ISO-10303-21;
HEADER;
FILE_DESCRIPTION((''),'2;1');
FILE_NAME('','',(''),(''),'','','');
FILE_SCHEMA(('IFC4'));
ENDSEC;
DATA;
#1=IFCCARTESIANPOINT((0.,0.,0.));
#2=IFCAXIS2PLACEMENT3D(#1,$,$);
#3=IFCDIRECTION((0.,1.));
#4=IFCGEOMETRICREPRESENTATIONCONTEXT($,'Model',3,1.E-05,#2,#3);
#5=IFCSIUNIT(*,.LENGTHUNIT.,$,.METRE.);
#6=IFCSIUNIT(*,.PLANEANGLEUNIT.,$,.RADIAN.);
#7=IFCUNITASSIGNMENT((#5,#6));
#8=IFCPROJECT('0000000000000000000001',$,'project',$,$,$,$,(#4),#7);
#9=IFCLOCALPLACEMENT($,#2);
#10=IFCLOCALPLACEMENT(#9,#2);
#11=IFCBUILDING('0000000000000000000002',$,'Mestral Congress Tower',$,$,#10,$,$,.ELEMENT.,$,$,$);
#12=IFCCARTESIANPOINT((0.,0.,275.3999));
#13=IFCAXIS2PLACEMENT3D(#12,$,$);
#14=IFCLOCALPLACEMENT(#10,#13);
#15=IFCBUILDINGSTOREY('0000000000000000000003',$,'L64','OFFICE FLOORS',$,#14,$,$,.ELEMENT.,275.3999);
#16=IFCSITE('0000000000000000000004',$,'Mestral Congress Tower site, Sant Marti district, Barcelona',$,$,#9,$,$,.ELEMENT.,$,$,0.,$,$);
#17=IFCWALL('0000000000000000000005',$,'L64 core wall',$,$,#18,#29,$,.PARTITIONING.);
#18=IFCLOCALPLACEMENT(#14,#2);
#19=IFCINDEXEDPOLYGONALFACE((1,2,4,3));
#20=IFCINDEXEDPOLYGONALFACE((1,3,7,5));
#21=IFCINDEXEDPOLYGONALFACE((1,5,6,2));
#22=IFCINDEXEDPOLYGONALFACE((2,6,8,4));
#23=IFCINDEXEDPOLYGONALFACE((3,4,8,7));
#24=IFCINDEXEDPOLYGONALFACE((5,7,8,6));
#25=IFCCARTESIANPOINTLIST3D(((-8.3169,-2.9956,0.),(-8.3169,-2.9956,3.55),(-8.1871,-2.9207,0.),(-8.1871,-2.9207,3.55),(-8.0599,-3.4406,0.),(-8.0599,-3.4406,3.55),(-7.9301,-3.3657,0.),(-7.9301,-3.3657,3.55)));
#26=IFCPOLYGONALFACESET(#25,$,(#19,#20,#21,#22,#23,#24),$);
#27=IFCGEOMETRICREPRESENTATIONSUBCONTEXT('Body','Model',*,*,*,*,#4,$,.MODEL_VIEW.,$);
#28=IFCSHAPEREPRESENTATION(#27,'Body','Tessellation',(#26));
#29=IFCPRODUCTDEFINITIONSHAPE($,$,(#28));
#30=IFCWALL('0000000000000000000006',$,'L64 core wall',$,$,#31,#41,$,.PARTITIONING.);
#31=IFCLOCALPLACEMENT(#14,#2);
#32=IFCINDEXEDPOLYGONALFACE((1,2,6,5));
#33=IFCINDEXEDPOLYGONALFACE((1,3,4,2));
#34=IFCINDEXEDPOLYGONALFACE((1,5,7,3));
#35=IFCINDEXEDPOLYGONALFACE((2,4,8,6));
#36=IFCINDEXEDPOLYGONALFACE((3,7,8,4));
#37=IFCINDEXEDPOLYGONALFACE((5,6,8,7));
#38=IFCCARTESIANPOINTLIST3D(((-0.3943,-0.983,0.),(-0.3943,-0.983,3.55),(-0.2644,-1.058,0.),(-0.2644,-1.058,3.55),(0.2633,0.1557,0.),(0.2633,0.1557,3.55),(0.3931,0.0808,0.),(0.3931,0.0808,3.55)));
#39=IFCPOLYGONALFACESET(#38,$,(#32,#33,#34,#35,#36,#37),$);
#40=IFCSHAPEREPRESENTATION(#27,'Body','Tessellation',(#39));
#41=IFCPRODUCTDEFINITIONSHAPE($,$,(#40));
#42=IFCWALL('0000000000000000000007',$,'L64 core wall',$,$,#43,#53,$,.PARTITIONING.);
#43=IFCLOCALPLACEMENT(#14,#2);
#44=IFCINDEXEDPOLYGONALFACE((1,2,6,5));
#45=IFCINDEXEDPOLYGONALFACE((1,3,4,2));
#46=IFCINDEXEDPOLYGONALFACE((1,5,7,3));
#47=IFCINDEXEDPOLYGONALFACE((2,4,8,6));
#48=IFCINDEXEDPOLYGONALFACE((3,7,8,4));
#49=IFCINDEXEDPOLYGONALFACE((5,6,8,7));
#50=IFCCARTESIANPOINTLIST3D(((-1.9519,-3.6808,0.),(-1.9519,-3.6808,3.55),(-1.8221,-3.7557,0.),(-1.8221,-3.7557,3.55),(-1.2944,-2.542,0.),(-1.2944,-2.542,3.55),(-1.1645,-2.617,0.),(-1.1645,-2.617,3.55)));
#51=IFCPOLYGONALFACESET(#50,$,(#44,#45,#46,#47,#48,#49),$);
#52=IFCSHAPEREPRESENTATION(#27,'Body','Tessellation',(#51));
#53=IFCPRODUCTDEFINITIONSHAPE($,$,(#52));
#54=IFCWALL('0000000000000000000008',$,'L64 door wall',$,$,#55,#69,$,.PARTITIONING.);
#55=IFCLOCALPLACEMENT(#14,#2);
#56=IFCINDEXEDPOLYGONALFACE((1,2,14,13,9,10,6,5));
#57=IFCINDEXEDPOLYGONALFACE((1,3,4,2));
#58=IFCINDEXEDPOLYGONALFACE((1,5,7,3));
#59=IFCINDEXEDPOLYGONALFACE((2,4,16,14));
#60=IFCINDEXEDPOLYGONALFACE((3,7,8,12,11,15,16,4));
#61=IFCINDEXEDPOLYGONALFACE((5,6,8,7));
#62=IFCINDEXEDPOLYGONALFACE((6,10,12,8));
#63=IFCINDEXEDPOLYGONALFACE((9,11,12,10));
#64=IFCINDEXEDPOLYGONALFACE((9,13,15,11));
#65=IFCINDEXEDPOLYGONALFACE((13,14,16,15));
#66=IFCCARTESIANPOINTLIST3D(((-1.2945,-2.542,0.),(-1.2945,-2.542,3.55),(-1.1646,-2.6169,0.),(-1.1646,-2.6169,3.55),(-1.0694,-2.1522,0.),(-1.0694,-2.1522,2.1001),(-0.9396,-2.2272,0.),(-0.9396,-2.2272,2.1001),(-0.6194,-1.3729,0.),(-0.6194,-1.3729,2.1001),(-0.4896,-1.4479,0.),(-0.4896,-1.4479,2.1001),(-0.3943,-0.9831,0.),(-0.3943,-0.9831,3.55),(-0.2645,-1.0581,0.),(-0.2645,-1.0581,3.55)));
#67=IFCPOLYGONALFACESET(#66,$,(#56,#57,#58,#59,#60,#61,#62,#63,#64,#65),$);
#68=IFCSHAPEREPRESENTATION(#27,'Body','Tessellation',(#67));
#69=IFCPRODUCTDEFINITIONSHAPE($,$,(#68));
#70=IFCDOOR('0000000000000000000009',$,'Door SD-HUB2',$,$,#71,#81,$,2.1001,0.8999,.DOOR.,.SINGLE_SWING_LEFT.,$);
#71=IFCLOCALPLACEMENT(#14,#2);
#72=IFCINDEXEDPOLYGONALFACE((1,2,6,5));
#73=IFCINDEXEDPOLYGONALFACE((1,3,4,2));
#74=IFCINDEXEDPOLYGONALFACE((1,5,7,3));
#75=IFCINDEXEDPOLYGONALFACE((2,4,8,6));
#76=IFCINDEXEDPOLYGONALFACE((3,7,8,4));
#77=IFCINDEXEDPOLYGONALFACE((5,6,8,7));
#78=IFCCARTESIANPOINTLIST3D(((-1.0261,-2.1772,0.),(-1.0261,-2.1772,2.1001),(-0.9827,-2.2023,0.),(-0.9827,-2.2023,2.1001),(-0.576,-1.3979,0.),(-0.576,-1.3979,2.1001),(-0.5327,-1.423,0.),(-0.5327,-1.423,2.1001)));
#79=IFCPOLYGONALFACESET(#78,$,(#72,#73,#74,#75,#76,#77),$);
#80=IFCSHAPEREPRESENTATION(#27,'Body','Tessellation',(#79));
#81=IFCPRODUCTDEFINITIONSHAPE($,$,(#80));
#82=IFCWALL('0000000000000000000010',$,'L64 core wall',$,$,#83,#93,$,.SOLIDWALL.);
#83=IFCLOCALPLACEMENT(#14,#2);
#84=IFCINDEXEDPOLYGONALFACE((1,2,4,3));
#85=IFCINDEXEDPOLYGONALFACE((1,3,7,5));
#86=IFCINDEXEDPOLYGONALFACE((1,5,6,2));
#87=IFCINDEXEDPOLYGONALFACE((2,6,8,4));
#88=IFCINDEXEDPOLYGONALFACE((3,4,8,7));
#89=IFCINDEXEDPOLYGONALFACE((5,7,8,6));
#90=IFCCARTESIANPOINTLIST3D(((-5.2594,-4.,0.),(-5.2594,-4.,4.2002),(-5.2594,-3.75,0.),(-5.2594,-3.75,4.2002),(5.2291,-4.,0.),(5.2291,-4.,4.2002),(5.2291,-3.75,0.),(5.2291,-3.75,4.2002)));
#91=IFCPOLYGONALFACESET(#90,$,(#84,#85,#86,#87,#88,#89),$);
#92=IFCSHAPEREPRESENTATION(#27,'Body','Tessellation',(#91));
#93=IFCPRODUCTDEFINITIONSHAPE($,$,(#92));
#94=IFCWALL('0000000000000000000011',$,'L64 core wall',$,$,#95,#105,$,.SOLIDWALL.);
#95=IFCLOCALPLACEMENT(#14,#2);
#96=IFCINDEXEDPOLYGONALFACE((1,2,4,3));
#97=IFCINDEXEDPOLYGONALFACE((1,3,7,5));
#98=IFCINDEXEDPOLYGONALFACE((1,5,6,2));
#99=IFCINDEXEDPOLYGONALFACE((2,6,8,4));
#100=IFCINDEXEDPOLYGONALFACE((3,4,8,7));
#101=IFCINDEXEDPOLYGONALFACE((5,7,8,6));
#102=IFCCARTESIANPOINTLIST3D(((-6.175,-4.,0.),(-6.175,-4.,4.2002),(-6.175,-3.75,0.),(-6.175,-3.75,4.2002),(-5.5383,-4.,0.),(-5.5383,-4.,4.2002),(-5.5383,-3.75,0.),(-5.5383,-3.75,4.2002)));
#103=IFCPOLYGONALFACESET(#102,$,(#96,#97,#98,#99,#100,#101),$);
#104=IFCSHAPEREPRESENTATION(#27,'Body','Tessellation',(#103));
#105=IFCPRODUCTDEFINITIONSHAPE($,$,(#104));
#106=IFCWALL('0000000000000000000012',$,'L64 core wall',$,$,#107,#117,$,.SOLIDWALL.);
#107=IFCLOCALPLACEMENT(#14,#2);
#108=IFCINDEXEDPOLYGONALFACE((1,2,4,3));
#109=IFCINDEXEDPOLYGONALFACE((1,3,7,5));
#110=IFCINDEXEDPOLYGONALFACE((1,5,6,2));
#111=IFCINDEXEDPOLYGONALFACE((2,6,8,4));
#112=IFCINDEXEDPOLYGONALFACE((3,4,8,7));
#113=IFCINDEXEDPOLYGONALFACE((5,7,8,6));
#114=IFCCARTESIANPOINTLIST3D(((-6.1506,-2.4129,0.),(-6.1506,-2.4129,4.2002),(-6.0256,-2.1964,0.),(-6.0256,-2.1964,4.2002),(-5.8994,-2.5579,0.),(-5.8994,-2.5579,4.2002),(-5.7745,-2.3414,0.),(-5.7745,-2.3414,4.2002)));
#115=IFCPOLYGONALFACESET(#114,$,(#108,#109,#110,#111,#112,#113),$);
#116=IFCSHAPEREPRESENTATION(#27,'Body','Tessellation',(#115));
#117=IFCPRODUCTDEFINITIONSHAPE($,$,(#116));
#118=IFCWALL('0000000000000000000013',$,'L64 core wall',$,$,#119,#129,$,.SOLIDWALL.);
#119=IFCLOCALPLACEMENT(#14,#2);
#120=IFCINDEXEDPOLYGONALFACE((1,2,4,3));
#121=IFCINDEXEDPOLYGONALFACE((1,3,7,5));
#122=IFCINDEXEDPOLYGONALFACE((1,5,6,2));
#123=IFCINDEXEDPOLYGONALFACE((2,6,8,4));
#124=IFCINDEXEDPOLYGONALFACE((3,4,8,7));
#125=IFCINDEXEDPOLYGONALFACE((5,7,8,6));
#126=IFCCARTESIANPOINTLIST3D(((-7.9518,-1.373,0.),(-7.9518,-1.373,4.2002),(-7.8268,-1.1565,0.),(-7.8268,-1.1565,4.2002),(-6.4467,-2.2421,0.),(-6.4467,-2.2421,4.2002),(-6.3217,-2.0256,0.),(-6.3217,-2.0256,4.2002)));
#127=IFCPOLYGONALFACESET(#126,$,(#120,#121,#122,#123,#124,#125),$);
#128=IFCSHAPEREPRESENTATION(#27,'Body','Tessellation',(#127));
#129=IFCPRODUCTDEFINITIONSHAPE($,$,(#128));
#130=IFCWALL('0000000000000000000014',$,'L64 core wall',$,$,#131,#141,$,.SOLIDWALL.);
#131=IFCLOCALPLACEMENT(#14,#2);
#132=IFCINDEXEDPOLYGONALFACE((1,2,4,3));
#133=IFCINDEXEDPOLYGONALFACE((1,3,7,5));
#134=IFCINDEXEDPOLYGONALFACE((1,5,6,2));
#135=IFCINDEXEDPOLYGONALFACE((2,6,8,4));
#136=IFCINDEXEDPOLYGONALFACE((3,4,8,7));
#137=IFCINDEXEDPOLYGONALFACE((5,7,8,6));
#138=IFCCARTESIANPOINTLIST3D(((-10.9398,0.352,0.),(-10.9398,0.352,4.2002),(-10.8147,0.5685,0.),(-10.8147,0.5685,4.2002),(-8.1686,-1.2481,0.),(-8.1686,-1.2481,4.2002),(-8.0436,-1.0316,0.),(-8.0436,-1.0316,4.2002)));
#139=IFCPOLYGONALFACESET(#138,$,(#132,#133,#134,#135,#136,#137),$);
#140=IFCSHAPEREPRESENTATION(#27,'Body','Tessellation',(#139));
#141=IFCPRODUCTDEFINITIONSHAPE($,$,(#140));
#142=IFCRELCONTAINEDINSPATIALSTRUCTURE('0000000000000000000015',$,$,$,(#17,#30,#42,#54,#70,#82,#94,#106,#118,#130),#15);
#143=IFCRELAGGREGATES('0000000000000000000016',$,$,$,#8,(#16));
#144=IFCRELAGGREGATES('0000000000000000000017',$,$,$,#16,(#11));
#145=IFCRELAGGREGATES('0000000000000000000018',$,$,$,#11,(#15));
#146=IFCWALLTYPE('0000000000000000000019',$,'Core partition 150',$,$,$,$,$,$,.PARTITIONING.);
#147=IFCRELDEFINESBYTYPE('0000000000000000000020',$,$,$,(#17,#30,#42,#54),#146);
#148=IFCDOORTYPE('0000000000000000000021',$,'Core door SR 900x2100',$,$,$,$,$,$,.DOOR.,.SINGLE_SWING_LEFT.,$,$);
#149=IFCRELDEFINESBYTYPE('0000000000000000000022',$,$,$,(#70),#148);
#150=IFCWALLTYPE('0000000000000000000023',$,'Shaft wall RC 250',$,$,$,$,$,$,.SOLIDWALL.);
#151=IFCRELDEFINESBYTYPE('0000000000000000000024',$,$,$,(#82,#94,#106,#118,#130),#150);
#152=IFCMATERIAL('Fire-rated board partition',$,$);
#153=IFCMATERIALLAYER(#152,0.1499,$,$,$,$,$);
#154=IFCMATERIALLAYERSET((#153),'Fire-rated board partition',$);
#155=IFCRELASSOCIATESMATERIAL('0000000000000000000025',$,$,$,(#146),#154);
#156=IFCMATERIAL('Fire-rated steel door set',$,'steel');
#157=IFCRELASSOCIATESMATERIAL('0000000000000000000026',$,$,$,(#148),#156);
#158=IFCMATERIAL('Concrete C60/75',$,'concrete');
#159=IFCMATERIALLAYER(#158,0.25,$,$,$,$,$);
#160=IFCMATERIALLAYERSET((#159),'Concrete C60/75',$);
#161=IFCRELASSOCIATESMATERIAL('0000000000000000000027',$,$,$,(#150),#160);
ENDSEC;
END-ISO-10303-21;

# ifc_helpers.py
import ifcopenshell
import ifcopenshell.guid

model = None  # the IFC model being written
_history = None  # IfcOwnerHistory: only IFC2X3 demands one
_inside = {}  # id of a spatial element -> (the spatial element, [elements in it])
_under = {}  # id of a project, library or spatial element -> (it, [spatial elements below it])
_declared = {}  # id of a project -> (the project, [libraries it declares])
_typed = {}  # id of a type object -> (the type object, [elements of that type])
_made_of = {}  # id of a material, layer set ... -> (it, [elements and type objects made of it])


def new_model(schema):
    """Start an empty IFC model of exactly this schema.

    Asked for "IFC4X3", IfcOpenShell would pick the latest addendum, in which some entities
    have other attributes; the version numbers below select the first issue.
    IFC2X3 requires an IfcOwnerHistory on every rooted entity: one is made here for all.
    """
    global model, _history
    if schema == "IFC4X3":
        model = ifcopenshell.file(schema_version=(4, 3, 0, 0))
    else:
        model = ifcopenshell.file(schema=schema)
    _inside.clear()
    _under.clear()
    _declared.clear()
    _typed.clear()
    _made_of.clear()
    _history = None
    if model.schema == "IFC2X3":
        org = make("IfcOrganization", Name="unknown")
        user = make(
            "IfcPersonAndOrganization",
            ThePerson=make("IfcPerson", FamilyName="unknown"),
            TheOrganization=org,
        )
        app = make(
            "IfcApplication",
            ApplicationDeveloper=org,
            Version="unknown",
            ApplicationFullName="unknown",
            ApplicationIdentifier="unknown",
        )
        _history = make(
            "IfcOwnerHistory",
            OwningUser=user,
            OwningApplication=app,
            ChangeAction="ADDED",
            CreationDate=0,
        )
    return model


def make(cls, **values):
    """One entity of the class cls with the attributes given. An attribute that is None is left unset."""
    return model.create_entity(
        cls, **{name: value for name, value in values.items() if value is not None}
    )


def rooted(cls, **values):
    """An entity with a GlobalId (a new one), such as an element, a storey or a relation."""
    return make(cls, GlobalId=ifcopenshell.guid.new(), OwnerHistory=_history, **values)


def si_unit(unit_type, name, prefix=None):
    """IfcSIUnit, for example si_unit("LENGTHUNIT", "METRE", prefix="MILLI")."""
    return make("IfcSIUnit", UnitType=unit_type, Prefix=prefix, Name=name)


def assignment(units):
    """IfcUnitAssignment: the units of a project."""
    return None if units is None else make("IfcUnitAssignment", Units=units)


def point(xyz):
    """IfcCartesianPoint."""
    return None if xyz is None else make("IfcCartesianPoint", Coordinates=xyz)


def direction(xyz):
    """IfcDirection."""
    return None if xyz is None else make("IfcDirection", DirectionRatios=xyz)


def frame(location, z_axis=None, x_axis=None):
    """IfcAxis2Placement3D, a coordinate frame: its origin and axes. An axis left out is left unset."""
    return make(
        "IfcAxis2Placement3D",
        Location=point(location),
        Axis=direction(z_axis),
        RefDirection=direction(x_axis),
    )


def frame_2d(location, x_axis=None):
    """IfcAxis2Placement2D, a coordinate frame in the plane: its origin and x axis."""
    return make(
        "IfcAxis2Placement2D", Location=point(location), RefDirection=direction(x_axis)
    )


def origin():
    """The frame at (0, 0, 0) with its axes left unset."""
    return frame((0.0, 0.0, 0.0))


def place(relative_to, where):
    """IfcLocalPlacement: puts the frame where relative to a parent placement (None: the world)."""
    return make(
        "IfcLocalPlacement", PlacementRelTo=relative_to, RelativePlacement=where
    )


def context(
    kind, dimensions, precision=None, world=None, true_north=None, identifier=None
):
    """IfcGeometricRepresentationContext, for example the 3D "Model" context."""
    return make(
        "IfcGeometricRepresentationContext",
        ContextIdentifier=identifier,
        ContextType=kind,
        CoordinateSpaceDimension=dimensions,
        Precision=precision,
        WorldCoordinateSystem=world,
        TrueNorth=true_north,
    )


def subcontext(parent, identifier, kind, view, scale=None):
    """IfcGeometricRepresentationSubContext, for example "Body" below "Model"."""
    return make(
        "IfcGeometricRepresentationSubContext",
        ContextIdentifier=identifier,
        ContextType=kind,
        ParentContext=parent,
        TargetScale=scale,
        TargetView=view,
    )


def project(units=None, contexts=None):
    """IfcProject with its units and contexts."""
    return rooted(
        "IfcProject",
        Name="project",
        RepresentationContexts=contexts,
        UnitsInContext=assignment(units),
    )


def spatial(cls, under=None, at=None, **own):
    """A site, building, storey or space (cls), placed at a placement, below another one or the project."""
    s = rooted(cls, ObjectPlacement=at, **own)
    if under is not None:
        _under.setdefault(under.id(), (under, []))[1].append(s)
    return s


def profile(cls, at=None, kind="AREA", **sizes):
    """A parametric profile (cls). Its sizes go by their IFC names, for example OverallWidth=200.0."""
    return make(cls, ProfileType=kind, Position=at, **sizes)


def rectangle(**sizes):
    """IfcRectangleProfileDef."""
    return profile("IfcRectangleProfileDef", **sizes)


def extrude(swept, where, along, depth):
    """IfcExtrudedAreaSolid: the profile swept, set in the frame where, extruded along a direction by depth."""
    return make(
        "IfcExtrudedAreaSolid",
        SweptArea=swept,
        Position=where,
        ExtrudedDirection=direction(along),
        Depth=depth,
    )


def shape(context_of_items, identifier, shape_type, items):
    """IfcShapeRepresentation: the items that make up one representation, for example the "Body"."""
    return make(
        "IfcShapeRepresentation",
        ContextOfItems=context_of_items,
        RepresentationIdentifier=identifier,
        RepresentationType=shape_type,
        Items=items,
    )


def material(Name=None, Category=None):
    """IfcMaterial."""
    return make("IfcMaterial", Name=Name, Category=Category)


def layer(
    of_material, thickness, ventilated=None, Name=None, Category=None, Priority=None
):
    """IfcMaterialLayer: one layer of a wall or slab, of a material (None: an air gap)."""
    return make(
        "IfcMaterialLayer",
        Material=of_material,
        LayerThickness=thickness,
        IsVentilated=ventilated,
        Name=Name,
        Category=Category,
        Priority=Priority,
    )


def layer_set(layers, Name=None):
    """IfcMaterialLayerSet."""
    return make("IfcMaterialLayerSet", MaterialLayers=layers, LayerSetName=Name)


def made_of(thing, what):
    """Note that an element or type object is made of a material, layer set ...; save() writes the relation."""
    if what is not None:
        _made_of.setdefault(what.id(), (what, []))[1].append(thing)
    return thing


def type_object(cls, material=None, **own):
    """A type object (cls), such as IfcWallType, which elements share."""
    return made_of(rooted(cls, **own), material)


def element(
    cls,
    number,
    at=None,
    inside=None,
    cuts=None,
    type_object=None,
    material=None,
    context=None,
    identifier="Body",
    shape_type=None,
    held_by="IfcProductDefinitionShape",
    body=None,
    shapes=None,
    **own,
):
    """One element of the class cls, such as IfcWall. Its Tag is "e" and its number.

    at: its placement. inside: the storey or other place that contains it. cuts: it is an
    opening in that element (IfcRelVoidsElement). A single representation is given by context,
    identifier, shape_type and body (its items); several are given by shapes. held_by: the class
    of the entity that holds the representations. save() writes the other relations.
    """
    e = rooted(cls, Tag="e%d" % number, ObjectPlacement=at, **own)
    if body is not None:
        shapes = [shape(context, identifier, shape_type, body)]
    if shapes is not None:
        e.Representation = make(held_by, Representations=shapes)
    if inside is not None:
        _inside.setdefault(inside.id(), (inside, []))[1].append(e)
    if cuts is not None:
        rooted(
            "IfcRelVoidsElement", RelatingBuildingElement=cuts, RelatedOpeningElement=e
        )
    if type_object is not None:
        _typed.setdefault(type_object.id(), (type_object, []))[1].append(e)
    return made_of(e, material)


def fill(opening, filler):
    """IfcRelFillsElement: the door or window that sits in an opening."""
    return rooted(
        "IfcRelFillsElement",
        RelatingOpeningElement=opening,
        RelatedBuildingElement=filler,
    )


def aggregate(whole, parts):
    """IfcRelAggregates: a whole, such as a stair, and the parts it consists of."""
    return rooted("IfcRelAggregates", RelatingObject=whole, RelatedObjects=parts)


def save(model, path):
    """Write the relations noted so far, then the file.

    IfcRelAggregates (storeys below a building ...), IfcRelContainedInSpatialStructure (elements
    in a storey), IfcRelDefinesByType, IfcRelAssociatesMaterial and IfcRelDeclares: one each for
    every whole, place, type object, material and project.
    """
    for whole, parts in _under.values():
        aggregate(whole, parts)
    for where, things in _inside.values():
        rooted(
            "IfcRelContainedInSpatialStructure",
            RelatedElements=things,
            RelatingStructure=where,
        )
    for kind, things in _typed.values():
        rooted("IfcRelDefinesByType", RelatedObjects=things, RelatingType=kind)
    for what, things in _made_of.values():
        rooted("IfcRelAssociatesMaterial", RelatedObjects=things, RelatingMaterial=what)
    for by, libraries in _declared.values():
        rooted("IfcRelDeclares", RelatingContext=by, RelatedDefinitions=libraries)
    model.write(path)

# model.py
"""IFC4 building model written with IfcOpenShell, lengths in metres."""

from ifc_helpers import new_model, si_unit, direction, frame, frame_2d, origin, place, context, subcontext, project, spatial, rectangle, extrude, material, layer, layer_set, type_object, element, fill, save


model = new_model("IFC4")

# Units and contexts
model_context = context("Model", 3, precision=1e-05, world=origin(), true_north=direction((0.0, 1.0)))
body_context = subcontext(model_context, "Body", "Model", "MODEL_VIEW")
ifc_project = project(units=[si_unit("LENGTHUNIT", "METRE"), si_unit("PLANEANGLEUNIT", "RADIAN")], contexts=[model_context])

# Site, building, storey
site_placement = place(None, origin())
site = spatial("IfcSite", under=ifc_project, at=site_placement, Name="Mestral Congress Tower site, Sant Marti district, Barcelona", CompositionType="ELEMENT", RefElevation=0.0)
building_placement = place(site_placement, origin())
building = spatial("IfcBuilding", under=site, at=building_placement, Name="Mestral Congress Tower", CompositionType="ELEMENT")
storey_placement = place(building_placement, frame((0.0, 0.0, 275.3999)))
storey = spatial("IfcBuildingStorey", under=building, at=storey_placement, Name="L64", Description="OFFICE FLOORS", CompositionType="ELEMENT", Elevation=275.3999)

# Walls
ifc_material_1 = material(Name="Fire-rated board partition")
ifc_layer_1 = layer(ifc_material_1, 0.1499)
ifc_layer_set_1 = layer_set([ifc_layer_1], Name="Fire-rated board partition")
wall_type_1 = type_object("IfcWallType", Name="Core partition 150", PredefinedType="PARTITIONING", material=ifc_layer_set_1)
wall_1_placement = place(storey_placement, frame((-8.252, -2.9583, 0.0), z_axis=(0.0, 0.0, 1.0), x_axis=(0.500175, -0.865925, 0.0)))
element("IfcWall", 1, at=wall_1_placement, inside=storey, type_object=wall_type_1, Name="L64 core wall", PredefinedType="PARTITIONING", context=body_context, shape_type="SweptSolid", body=[
    extrude(rectangle(XDim=0.5139, YDim=0.1499, at=frame_2d((0.2568, 0.0))), origin(), (0.0, 0.0, 1.0), 3.55),
])
for number, where, z_axis, x_axis, name in (
    (2, (-0.3293, -1.0205, 0.0), (0.0, 0.0, 1.0), (0.500033, 0.866006, 0.0), "L64 core wall"),
    (3, (-1.887, -3.7183, 0.0), (0.0, 0.0, 1.0), (0.500033, 0.866006, 0.0), "L64 core wall"),
):
    element("IfcWall", number, at=place(storey_placement, frame(where, z_axis=z_axis, x_axis=x_axis)), inside=storey, type_object=wall_type_1, Name=name, PredefinedType="PARTITIONING", context=body_context, shape_type="SweptSolid", body=[
        extrude(rectangle(XDim=1.3149, YDim=0.1499, at=frame_2d((0.6575, 0.0))), origin(), (0.0, 0.0, 1.0), 3.55),
    ])

# Wall, opening, door
wall_2_placement = place(storey_placement, frame((-1.2295, -2.5793, 0.0), z_axis=(0.0, 0.0, 1.0), x_axis=(0.500063, 0.865989, 0.0)))
wall_2 = element("IfcWall", 4, at=wall_2_placement, inside=storey, type_object=wall_type_1, Name="L64 door wall", PredefinedType="PARTITIONING", context=body_context, shape_type="SweptSolid", body=[
    extrude(rectangle(XDim=1.8, YDim=0.1499, at=frame_2d((0.8999, 0.0))), origin(), (0.0, 0.0, 1.0), 3.55),
])
opening_1_placement = place(wall_2_placement, frame((0.45, 0.0, 0.0)))
opening_1 = element("IfcOpeningElement", 5, at=opening_1_placement, cuts=wall_2, PredefinedType="OPENING", context=body_context, shape_type="SweptSolid", body=[
    extrude(rectangle(XDim=0.8999, YDim=2.1001, at=frame_2d((0.45, 1.05))), frame((0.0, 0.085, 0.0), z_axis=(0.0, -1.0, 0.0), x_axis=(1.0, 0.0, 0.0)), (0.0, 0.0, 1.0), 0.1699),
])
ifc_material_2 = material(Name="Fire-rated steel door set", Category="steel")
door_type_1 = type_object("IfcDoorType", Name="Core door SR 900x2100", OperationType="SINGLE_SWING_LEFT", PredefinedType="DOOR", material=ifc_material_2)
door_1_placement = place(opening_1_placement, origin())
door_1 = element("IfcDoor", 6, at=door_1_placement, inside=storey, type_object=door_type_1, Name="Door SD-HUB2", OperationType="SINGLE_SWING_LEFT", OverallHeight=2.1001, OverallWidth=0.8999, PredefinedType="DOOR", context=body_context, shape_type="SweptSolid", body=[
    extrude(rectangle(XDim=0.8999, YDim=2.1001, at=frame_2d((0.45, 1.05))), frame((0.0, 0.0249, 0.0), z_axis=(0.0, -1.0, 0.0), x_axis=(1.0, 0.0, 0.0)), (0.0, 0.0, 1.0), 0.05),
])
fill(opening_1, door_1)

# Walls
ifc_material_3 = material(Name="Concrete C60/75", Category="concrete")
ifc_layer_2 = layer(ifc_material_3, 0.25)
ifc_layer_set_2 = layer_set([ifc_layer_2], Name="Concrete C60/75")
wall_type_2 = type_object("IfcWallType", Name="Shaft wall RC 250", PredefinedType="SOLIDWALL", material=ifc_layer_set_2)
wall_3_placement = place(storey_placement, frame((-5.2593, -3.875, 0.0), z_axis=(0.0, 0.0, 1.0), x_axis=(1.0, 0.0, 0.0)))
element("IfcWall", 7, at=wall_3_placement, inside=storey, type_object=wall_type_2, Name="L64 core wall", PredefinedType="SOLIDWALL", context=body_context, shape_type="SweptSolid", body=[
    extrude(rectangle(XDim=10.4885, YDim=0.25, at=frame_2d((5.2441, 0.0))), origin(), (0.0, 0.0, 1.0), 4.2002),
])
wall_4_placement = place(storey_placement, frame((-6.175, -3.875, 0.0), z_axis=(0.0, 0.0, 1.0), x_axis=(1.0, 0.0, 0.0)))
element("IfcWall", 8, at=wall_4_placement, inside=storey, type_object=wall_type_2, Name="L64 core wall", PredefinedType="SOLIDWALL", context=body_context, shape_type="SweptSolid", body=[
    extrude(rectangle(XDim=0.6367, YDim=0.25, at=frame_2d((0.3184, 0.0))), origin(), (0.0, 0.0, 1.0), 4.2002),
])
wall_5_placement = place(storey_placement, frame((-6.0881, -2.3047, 0.0), z_axis=(0.0, 0.0, 1.0), x_axis=(0.866059, -0.499941, 0.0)))
element("IfcWall", 9, at=wall_5_placement, inside=storey, type_object=wall_type_2, Name="L64 core wall", PredefinedType="SOLIDWALL", context=body_context, shape_type="SweptSolid", body=[
    extrude(rectangle(XDim=0.29, YDim=0.25, at=frame_2d((0.145, 0.0))), origin(), (0.0, 0.0, 1.0), 4.2002),
])
wall_6_placement = place(storey_placement, frame((-7.8894, -1.2646, 0.0), z_axis=(0.0, 0.0, 1.0), x_axis=(0.865987, -0.500067, 0.0)))
element("IfcWall", 10, at=wall_6_placement, inside=storey, type_object=wall_type_2, Name="L64 core wall", PredefinedType="SOLIDWALL", context=body_context, shape_type="SweptSolid", body=[
    extrude(rectangle(XDim=1.738, YDim=0.25, at=frame_2d((0.8691, 0.0))), origin(), (0.0, 0.0, 1.0), 4.2002),
])
wall_7_placement = place(storey_placement, frame((-8.106, -1.1399, 0.0), z_axis=(0.0, 0.0, 1.0), x_axis=(-0.866009, 0.500028, 0.0)))
element("IfcWall", 11, at=wall_7_placement, inside=storey, type_object=wall_type_2, Name="L64 core wall", PredefinedType="SOLIDWALL", context=body_context, shape_type="SweptSolid", body=[
    extrude(rectangle(XDim=3.2, YDim=0.25, at=frame_2d((1.6001, 0.0))), origin(), (0.0, 0.0, 1.0), 4.2002),
])

save(model, "model.ifc")
